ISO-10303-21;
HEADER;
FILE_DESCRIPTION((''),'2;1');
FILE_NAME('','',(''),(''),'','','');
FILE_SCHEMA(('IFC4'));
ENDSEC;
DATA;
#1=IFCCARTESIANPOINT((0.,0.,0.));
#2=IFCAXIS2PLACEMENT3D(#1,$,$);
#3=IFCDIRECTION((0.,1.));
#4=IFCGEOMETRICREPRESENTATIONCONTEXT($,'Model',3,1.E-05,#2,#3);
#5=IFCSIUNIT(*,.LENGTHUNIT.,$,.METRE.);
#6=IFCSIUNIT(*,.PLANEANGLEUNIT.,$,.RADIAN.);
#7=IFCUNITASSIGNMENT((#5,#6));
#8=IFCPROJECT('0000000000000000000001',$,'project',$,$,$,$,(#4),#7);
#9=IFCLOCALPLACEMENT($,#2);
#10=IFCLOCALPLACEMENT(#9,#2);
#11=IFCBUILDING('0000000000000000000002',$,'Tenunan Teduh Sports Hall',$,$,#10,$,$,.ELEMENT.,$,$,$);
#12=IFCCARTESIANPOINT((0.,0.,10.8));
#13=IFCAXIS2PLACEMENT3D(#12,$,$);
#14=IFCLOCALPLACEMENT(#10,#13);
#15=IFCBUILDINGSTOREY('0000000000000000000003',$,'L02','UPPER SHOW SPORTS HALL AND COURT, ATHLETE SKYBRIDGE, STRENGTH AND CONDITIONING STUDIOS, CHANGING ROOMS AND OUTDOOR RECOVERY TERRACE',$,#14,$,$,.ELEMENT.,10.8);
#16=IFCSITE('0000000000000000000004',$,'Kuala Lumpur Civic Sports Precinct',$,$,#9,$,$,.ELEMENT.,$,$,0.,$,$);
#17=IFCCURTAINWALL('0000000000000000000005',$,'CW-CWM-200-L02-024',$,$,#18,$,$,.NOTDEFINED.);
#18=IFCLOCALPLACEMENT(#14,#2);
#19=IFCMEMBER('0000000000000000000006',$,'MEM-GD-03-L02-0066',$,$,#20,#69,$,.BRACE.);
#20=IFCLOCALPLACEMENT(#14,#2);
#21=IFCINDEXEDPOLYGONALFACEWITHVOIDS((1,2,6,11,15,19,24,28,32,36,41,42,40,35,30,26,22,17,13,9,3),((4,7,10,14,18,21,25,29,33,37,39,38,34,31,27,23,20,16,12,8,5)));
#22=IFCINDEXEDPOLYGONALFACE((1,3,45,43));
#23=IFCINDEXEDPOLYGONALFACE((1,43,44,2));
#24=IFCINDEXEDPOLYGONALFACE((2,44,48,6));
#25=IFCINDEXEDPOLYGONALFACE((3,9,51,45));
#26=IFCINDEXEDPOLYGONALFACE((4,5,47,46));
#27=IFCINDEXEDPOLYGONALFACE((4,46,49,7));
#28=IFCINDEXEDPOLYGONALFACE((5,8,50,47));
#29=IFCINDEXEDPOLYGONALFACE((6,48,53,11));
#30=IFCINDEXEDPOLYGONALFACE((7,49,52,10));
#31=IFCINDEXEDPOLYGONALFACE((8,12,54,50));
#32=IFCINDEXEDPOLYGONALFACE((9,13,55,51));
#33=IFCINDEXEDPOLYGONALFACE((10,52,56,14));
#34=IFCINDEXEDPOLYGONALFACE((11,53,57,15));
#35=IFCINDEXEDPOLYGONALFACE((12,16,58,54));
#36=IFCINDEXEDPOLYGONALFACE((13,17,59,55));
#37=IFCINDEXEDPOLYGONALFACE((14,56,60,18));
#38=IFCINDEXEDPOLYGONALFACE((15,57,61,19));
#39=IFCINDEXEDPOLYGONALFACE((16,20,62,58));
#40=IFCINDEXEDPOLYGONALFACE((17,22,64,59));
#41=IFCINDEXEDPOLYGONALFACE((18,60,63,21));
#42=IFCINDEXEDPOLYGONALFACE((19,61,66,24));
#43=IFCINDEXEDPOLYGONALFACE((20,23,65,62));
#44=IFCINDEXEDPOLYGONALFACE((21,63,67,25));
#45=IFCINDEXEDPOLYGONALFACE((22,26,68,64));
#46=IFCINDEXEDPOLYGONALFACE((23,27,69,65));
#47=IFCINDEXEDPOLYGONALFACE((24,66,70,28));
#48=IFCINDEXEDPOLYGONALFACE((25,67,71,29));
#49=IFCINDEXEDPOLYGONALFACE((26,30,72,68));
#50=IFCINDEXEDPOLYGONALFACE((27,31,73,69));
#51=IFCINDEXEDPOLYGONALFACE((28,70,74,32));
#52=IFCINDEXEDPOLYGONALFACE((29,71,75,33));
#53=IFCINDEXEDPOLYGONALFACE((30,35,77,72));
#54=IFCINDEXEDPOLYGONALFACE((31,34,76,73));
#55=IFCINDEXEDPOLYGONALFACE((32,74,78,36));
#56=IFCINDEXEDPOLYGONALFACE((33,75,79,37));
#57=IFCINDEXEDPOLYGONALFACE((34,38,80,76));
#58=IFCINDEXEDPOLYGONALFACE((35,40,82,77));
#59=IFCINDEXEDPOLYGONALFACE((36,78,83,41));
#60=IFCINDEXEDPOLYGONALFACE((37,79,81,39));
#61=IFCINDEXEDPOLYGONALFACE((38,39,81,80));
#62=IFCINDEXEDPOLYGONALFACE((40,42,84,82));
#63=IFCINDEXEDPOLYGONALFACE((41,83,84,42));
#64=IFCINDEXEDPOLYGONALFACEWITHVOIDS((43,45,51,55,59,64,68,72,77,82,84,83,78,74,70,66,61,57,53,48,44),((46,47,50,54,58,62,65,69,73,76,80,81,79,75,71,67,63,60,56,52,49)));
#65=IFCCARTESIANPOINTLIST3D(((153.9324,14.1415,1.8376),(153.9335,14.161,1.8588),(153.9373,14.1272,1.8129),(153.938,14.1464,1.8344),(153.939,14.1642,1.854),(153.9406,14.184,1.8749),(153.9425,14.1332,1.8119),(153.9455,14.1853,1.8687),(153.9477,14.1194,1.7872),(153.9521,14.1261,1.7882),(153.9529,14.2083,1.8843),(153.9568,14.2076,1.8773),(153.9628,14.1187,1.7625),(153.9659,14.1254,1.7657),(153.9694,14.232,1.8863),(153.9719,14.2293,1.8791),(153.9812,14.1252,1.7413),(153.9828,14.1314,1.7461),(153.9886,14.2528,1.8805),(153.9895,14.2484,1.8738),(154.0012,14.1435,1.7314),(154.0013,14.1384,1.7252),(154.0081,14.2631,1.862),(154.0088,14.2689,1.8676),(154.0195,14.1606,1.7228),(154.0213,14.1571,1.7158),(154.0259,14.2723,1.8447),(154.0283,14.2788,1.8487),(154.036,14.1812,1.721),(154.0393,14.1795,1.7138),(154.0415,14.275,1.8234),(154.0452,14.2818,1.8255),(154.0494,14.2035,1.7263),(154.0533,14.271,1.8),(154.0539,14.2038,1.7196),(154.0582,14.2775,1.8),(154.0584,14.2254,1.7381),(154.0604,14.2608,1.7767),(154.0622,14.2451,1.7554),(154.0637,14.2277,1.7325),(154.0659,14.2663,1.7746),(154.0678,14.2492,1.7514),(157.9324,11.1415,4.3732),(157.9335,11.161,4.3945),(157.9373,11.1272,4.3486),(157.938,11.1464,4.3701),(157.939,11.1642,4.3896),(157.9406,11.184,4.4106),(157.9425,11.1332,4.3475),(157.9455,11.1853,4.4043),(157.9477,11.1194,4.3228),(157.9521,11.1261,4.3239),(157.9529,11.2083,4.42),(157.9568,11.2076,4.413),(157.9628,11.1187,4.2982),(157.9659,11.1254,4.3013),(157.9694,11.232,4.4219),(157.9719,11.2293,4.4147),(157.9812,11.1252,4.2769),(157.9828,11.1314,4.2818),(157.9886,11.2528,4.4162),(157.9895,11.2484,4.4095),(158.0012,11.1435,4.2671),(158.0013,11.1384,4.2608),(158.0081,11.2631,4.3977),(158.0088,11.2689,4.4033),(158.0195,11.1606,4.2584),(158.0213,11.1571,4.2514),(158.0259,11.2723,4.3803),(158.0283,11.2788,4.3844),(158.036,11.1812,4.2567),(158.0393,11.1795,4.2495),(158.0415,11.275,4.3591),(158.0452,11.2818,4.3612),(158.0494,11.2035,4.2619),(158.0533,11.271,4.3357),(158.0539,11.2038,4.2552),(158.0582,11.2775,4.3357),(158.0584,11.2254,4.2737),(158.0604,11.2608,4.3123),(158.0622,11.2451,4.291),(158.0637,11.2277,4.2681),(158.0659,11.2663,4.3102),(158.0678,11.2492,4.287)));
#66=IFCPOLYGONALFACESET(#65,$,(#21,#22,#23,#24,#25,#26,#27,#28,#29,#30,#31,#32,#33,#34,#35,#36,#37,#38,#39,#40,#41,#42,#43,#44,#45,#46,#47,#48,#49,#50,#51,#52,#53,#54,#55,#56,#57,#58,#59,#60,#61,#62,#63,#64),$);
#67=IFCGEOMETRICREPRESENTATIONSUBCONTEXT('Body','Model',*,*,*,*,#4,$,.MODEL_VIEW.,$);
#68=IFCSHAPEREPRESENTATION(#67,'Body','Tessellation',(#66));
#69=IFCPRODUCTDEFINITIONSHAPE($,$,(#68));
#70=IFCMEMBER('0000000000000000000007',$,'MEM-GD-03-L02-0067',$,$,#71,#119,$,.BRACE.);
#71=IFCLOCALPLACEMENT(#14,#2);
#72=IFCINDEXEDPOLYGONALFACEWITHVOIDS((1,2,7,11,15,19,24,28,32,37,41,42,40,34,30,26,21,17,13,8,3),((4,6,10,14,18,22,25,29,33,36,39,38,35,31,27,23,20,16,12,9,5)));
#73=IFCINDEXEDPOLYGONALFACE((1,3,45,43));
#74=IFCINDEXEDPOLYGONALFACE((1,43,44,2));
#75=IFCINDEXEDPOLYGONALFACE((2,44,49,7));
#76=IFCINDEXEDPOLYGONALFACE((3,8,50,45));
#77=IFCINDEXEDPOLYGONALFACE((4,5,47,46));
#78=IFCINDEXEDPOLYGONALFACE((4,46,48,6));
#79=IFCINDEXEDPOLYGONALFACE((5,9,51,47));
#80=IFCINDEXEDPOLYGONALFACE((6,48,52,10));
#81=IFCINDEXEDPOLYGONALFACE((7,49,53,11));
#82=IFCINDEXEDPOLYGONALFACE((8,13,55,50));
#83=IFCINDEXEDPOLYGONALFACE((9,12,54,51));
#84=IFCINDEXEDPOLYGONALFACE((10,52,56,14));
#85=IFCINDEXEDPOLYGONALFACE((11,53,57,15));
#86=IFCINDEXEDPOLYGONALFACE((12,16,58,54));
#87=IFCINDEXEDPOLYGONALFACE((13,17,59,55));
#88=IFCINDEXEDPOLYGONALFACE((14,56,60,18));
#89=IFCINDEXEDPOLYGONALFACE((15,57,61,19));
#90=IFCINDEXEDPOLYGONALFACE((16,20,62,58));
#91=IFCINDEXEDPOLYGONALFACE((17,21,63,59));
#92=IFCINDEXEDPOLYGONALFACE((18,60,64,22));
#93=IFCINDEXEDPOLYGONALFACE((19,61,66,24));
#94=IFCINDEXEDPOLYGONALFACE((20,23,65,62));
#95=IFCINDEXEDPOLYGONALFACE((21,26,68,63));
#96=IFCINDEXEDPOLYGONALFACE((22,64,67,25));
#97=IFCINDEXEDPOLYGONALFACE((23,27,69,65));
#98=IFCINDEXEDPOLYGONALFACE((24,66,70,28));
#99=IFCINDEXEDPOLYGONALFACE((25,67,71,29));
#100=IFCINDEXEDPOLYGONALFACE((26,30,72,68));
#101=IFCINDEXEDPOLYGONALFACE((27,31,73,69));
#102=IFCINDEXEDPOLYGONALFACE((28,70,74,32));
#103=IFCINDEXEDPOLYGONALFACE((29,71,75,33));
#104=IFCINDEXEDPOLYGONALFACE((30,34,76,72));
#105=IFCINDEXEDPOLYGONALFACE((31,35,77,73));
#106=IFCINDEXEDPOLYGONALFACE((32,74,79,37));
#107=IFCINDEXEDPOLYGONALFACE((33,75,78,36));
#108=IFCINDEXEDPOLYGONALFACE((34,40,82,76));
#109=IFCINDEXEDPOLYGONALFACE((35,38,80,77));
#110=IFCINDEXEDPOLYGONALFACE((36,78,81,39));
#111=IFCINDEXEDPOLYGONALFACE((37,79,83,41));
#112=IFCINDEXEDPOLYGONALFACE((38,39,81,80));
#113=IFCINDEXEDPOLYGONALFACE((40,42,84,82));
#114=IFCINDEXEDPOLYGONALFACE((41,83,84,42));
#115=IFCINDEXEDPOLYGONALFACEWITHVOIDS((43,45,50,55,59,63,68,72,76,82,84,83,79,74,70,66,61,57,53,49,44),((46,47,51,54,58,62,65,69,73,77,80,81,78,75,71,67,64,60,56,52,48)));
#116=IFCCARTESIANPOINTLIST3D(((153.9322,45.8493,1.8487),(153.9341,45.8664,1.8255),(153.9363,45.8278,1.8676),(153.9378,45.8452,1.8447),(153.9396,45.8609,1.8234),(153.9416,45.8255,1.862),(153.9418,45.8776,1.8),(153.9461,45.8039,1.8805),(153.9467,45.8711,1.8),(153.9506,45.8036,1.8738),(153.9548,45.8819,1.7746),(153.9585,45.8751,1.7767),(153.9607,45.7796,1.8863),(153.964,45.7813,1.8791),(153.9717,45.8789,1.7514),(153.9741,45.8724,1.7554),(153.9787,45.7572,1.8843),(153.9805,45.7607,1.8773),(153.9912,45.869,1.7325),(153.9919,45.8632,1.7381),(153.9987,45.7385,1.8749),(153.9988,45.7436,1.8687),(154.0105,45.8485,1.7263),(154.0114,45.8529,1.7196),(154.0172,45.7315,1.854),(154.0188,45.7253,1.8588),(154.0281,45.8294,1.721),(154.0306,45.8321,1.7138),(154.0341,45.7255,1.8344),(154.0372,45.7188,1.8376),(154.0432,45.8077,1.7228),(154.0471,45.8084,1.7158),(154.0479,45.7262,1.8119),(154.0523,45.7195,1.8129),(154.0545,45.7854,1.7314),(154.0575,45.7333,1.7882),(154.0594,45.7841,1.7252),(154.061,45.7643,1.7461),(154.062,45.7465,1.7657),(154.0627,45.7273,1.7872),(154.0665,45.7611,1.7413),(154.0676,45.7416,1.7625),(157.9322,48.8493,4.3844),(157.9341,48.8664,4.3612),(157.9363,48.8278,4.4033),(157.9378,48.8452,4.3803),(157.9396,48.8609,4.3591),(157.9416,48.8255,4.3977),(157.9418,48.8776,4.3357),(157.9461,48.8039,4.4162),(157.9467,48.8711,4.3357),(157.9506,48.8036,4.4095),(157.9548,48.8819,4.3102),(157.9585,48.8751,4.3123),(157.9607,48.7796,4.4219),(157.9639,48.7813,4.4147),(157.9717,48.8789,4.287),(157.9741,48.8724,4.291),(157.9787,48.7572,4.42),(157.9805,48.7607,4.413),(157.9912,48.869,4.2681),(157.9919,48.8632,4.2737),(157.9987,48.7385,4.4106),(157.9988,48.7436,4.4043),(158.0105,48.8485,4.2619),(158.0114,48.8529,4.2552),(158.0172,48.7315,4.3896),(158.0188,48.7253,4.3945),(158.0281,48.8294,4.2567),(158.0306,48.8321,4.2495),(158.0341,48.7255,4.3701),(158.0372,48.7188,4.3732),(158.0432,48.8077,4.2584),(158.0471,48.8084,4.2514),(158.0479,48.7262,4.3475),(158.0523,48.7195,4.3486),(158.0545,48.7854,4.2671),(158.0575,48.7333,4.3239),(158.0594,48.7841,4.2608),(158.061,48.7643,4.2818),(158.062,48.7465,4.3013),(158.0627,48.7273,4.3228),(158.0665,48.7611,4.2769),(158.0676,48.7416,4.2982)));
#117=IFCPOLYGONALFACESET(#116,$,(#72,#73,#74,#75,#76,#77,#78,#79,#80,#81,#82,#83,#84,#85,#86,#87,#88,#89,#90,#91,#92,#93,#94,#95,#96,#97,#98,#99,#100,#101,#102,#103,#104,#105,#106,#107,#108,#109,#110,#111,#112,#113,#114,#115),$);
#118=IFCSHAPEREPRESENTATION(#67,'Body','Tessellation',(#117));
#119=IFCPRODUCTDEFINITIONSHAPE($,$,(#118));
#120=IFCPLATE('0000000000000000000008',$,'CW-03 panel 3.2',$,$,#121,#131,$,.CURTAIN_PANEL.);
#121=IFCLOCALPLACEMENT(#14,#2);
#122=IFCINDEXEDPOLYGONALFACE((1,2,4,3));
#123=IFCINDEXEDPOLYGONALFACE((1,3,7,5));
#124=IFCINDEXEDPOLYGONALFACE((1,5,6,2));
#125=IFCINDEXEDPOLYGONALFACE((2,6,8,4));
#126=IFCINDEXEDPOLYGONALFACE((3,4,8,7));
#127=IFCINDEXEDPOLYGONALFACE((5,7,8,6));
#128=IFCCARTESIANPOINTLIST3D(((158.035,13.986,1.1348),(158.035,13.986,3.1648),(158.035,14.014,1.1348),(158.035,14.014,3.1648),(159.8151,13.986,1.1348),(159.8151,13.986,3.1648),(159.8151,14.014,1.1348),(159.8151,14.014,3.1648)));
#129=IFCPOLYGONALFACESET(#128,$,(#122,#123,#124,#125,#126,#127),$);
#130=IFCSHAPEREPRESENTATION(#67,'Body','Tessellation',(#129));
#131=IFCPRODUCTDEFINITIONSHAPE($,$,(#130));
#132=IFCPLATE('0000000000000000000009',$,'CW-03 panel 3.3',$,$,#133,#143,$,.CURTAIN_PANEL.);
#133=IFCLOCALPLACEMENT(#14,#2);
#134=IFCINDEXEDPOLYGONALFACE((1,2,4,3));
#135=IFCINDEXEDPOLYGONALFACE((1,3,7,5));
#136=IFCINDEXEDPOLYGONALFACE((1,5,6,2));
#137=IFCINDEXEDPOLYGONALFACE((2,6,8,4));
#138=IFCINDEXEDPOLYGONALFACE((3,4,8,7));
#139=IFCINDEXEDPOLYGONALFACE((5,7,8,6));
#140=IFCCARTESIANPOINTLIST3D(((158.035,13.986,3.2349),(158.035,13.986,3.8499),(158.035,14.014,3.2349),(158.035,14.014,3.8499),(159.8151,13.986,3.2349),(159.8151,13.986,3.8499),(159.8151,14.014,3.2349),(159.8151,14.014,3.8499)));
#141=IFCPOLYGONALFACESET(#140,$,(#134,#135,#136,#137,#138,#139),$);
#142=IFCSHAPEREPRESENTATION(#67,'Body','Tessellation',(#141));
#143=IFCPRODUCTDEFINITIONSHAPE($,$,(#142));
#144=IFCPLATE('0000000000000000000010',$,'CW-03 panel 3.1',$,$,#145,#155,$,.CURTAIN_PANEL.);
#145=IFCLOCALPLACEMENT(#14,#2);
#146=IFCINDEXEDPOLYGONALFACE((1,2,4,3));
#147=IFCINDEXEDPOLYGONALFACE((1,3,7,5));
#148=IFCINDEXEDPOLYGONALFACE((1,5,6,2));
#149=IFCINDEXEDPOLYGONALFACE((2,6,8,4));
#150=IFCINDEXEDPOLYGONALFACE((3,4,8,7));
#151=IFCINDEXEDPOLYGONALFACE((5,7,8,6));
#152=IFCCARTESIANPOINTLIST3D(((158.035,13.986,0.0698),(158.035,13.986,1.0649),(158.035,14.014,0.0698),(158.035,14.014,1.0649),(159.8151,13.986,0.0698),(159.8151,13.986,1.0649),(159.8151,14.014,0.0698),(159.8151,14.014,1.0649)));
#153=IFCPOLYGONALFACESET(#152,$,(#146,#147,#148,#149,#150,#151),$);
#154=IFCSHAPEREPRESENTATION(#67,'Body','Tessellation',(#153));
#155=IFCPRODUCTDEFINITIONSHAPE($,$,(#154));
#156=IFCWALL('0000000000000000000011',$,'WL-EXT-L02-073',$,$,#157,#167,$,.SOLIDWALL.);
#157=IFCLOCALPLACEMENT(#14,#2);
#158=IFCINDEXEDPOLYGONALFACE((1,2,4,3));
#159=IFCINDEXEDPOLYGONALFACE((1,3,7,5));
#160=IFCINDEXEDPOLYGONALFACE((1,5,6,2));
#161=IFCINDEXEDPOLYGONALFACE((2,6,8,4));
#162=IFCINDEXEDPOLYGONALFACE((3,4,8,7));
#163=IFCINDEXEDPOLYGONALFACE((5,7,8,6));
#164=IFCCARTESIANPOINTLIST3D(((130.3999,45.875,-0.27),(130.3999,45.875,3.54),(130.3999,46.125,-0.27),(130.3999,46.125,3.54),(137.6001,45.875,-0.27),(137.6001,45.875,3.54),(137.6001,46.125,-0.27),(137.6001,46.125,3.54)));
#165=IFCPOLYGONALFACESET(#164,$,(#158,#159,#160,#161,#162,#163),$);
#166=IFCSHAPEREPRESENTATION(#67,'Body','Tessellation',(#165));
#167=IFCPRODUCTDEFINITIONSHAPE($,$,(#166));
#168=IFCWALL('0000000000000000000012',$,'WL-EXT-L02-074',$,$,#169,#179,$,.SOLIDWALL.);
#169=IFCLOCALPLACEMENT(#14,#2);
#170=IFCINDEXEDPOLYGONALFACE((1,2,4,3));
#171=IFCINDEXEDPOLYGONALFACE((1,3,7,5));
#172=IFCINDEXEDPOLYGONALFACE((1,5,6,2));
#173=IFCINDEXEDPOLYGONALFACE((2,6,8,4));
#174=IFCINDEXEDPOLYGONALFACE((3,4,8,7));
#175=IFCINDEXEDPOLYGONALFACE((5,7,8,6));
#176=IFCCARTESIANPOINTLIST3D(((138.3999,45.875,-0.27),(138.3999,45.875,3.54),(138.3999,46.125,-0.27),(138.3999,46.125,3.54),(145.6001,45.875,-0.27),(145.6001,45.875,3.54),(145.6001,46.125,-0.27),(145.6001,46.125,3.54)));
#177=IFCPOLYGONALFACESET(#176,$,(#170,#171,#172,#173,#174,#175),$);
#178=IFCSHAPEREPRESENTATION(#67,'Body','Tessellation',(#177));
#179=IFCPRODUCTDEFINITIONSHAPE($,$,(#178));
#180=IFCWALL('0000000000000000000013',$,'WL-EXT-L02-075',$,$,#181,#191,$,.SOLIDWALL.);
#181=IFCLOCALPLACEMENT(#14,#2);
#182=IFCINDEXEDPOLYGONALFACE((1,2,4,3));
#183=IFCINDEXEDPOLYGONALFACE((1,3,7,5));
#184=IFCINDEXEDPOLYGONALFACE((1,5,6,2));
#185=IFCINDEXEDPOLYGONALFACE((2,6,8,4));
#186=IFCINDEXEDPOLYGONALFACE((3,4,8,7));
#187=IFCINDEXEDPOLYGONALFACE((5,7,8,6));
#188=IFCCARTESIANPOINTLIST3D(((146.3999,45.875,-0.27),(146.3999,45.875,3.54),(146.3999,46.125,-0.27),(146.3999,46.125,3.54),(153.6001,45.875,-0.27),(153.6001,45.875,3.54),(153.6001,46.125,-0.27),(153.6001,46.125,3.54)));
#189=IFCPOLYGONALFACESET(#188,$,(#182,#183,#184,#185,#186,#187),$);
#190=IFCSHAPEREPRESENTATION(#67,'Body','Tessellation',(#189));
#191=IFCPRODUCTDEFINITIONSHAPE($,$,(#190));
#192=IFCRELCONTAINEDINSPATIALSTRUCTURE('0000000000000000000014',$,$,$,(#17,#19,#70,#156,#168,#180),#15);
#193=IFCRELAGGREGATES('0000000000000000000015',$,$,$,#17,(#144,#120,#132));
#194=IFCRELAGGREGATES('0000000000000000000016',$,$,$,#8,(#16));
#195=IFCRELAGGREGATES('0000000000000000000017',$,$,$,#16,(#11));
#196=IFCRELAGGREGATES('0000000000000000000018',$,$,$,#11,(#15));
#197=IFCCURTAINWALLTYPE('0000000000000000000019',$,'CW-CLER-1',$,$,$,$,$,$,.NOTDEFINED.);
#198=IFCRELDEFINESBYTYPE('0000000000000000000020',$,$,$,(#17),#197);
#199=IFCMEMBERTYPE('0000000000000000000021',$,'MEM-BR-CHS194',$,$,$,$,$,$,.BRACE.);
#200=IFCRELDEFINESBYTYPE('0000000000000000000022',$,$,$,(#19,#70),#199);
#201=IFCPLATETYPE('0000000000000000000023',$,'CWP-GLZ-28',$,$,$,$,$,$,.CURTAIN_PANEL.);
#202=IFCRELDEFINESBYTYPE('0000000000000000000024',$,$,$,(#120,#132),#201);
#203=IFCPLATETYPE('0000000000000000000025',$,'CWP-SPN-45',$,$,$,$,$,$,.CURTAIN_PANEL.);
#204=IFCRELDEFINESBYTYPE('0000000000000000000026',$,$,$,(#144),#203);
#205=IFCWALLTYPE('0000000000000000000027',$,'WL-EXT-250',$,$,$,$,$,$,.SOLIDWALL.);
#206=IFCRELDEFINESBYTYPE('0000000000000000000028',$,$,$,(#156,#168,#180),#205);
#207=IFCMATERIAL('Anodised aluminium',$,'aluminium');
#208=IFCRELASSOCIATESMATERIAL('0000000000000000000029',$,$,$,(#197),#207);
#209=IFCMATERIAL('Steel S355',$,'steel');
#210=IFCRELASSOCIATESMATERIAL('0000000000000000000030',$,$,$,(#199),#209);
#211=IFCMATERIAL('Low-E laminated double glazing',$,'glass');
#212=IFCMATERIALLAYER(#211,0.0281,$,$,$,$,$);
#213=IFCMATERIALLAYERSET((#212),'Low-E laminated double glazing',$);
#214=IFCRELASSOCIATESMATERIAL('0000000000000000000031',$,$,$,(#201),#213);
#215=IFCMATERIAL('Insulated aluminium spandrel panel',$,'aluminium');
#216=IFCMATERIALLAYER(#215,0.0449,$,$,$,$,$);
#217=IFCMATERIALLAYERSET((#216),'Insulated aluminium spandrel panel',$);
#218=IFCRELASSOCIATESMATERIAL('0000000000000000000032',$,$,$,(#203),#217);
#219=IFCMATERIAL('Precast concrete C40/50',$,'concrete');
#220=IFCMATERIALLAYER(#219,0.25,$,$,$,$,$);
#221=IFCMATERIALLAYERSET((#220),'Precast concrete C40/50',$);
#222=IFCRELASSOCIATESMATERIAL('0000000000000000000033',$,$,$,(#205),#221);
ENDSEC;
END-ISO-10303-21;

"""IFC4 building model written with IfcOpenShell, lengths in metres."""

from ifc_helpers import new_model, si_unit, direction, frame, frame_2d, origin, origin_2d, place, context, subcontext, project, spatial, rectangle, hollow_circle, extrude, material, layer, layer_set, material_profile, profile_set, type_object, element, aggregate, save


model = new_model("IFC4")

# Units and contexts
model_context = context("Model", 3, precision=1e-05, world=origin(), true_north=direction((0.0, 1.0)))
body_context = subcontext(model_context, "Body", "Model", "MODEL_VIEW")
ifc_project = project(units=[si_unit("LENGTHUNIT", "METRE"), si_unit("PLANEANGLEUNIT", "RADIAN")], contexts=[model_context])

# Site, building, storey
site_placement = place(None, origin())
site = spatial("IfcSite", under=ifc_project, at=site_placement, Name="Kuala Lumpur Civic Sports Precinct", CompositionType="ELEMENT", RefElevation=0.0)
building_placement = place(site_placement, origin())
building = spatial("IfcBuilding", under=site, at=building_placement, Name="Tenunan Teduh Sports Hall", CompositionType="ELEMENT")
storey_placement = place(building_placement, frame((0.0, 0.0, 10.8)))
storey = spatial("IfcBuildingStorey", under=building, at=storey_placement, Name="L02", Description="UPPER SHOW SPORTS HALL AND COURT, ATHLETE SKYBRIDGE, STRENGTH AND CONDITIONING STUDIOS, CHANGING ROOMS AND OUTDOOR RECOVERY TERRACE", CompositionType="ELEMENT", Elevation=10.8)

# Curtain wall
ifc_material_1 = material(Name="Anodised aluminium", Category="aluminium")
curtain_wall_type = type_object("IfcCurtainWallType", Name="CW-CLER-1", PredefinedType="NOTDEFINED", material=ifc_material_1)
curtain_wall_placement = place(storey_placement, origin())
curtain_wall = element("IfcCurtainWall", 1, at=curtain_wall_placement, inside=storey, type_object=curtain_wall_type, Name="CW-CWM-200-L02-024", PredefinedType="NOTDEFINED")

# Members
ifc_material_2 = material(Name="Steel S355", Category="steel")
ifc_material_profile_1 = material_profile(ifc_material_2, hollow_circle(Radius=0.0969, WallThickness=0.0081, at=origin_2d()), Name="CHS 193.7x8.0")
ifc_profile_set_1 = profile_set([ifc_material_profile_1], Name="Steel S355")
member_type_1 = type_object("IfcMemberType", Name="MEM-BR-CHS194", PredefinedType="BRACE", material=ifc_profile_set_1)
for number, where, z_axis, x_axis, name in (
    (2, (154.0, 14.2, 1.8), (0.713496, -0.535122, 0.452293), (0.6, 0.8, 0.0), "MEM-GD-03-L02-0066"),
    (3, (154.0, 45.8, 1.8), (0.713496, 0.535122, 0.452293), (-0.6, 0.8, 0.0), "MEM-GD-03-L02-0067"),
):
    element("IfcMember", number, at=place(storey_placement, frame(where, z_axis=z_axis, x_axis=x_axis)), inside=storey, type_object=member_type_1, Name=name, PredefinedType="BRACE", context=body_context, shape_type="SweptSolid", body=[
        extrude(hollow_circle(Radius=0.0969, WallThickness=0.0081, at=origin_2d()), origin(), (0.0, 0.0, 1.0), 5.6062),
    ])

# Plates
ifc_material_3 = material(Name="Low-E laminated double glazing", Category="glass")
ifc_layer_1 = layer(ifc_material_3, 0.0281)
ifc_layer_set_1 = layer_set([ifc_layer_1], Name="Low-E laminated double glazing")
plate_type_1 = type_object("IfcPlateType", Name="CWP-GLZ-28", PredefinedType="CURTAIN_PANEL", material=ifc_layer_set_1)
plate_1_placement = place(storey_placement, frame((158.925, 14.0, 1.1348), z_axis=(0.0, 0.0, 1.0), x_axis=(1.0, 0.0, 0.0)))
plate_1 = element("IfcPlate", 4, at=plate_1_placement, type_object=plate_type_1, Name="CW-03 panel 3.2", PredefinedType="CURTAIN_PANEL", context=body_context, shape_type="SweptSolid", body=[
    extrude(rectangle(XDim=1.78, YDim=0.0281, at=origin_2d()), origin(), (0.0, 0.0, 1.0), 2.03),
])
plate_2_placement = place(storey_placement, frame((158.925, 14.0, 3.2349), z_axis=(0.0, 0.0, 1.0), x_axis=(1.0, 0.0, 0.0)))
plate_2 = element("IfcPlate", 5, at=plate_2_placement, type_object=plate_type_1, Name="CW-03 panel 3.3", PredefinedType="CURTAIN_PANEL", context=body_context, shape_type="SweptSolid", body=[
    extrude(rectangle(XDim=1.78, YDim=0.0281, at=origin_2d()), origin(), (0.0, 0.0, 1.0), 0.615),
])
ifc_material_4 = material(Name="Insulated aluminium spandrel panel", Category="aluminium")
ifc_layer_2 = layer(ifc_material_4, 0.0449)
ifc_layer_set_2 = layer_set([ifc_layer_2], Name="Insulated aluminium spandrel panel")
plate_type_2 = type_object("IfcPlateType", Name="CWP-SPN-45", PredefinedType="CURTAIN_PANEL", material=ifc_layer_set_2)
plate_3_placement = place(storey_placement, frame((158.925, 14.0, 0.0698), z_axis=(0.0, 0.0, 1.0), x_axis=(1.0, 0.0, 0.0)))
plate_3 = element("IfcPlate", 6, at=plate_3_placement, type_object=plate_type_2, Name="CW-03 panel 3.1", PredefinedType="CURTAIN_PANEL", context=body_context, shape_type="SweptSolid", body=[
    extrude(rectangle(XDim=1.78, YDim=0.0281, at=origin_2d()), origin(), (0.0, 0.0, 1.0), 0.9951),
])
aggregate(curtain_wall, [plate_3, plate_1, plate_2])

# Walls
ifc_material_5 = material(Name="Precast concrete C40/50", Category="concrete")
ifc_layer_3 = layer(ifc_material_5, 0.25)
ifc_layer_set_3 = layer_set([ifc_layer_3], Name="Precast concrete C40/50")
wall_type = type_object("IfcWallType", Name="WL-EXT-250", PredefinedType="SOLIDWALL", material=ifc_layer_set_3)
for number, where, z_axis, x_axis, name in (
    (7, (130.3999, 46.0, -0.27), (0.0, 0.0, 1.0), (1.0, 0.0, 0.0), "WL-EXT-L02-073"),
    (8, (138.3999, 46.0, -0.27), (0.0, 0.0, 1.0), (1.0, 0.0, 0.0), "WL-EXT-L02-074"),
    (9, (146.3999, 46.0, -0.27), (0.0, 0.0, 1.0), (1.0, 0.0, 0.0), "WL-EXT-L02-075"),
):
    element("IfcWall", number, at=place(storey_placement, frame(where, z_axis=z_axis, x_axis=x_axis)), inside=storey, type_object=wall_type, Name=name, PredefinedType="SOLIDWALL", context=body_context, shape_type="SweptSolid", body=[
        extrude(rectangle(XDim=7.2002, YDim=0.25, at=frame_2d((3.6001, 0.0))), origin(), (0.0, 0.0, 1.0), 3.8101),
    ])

save(model, "model.ifc")
